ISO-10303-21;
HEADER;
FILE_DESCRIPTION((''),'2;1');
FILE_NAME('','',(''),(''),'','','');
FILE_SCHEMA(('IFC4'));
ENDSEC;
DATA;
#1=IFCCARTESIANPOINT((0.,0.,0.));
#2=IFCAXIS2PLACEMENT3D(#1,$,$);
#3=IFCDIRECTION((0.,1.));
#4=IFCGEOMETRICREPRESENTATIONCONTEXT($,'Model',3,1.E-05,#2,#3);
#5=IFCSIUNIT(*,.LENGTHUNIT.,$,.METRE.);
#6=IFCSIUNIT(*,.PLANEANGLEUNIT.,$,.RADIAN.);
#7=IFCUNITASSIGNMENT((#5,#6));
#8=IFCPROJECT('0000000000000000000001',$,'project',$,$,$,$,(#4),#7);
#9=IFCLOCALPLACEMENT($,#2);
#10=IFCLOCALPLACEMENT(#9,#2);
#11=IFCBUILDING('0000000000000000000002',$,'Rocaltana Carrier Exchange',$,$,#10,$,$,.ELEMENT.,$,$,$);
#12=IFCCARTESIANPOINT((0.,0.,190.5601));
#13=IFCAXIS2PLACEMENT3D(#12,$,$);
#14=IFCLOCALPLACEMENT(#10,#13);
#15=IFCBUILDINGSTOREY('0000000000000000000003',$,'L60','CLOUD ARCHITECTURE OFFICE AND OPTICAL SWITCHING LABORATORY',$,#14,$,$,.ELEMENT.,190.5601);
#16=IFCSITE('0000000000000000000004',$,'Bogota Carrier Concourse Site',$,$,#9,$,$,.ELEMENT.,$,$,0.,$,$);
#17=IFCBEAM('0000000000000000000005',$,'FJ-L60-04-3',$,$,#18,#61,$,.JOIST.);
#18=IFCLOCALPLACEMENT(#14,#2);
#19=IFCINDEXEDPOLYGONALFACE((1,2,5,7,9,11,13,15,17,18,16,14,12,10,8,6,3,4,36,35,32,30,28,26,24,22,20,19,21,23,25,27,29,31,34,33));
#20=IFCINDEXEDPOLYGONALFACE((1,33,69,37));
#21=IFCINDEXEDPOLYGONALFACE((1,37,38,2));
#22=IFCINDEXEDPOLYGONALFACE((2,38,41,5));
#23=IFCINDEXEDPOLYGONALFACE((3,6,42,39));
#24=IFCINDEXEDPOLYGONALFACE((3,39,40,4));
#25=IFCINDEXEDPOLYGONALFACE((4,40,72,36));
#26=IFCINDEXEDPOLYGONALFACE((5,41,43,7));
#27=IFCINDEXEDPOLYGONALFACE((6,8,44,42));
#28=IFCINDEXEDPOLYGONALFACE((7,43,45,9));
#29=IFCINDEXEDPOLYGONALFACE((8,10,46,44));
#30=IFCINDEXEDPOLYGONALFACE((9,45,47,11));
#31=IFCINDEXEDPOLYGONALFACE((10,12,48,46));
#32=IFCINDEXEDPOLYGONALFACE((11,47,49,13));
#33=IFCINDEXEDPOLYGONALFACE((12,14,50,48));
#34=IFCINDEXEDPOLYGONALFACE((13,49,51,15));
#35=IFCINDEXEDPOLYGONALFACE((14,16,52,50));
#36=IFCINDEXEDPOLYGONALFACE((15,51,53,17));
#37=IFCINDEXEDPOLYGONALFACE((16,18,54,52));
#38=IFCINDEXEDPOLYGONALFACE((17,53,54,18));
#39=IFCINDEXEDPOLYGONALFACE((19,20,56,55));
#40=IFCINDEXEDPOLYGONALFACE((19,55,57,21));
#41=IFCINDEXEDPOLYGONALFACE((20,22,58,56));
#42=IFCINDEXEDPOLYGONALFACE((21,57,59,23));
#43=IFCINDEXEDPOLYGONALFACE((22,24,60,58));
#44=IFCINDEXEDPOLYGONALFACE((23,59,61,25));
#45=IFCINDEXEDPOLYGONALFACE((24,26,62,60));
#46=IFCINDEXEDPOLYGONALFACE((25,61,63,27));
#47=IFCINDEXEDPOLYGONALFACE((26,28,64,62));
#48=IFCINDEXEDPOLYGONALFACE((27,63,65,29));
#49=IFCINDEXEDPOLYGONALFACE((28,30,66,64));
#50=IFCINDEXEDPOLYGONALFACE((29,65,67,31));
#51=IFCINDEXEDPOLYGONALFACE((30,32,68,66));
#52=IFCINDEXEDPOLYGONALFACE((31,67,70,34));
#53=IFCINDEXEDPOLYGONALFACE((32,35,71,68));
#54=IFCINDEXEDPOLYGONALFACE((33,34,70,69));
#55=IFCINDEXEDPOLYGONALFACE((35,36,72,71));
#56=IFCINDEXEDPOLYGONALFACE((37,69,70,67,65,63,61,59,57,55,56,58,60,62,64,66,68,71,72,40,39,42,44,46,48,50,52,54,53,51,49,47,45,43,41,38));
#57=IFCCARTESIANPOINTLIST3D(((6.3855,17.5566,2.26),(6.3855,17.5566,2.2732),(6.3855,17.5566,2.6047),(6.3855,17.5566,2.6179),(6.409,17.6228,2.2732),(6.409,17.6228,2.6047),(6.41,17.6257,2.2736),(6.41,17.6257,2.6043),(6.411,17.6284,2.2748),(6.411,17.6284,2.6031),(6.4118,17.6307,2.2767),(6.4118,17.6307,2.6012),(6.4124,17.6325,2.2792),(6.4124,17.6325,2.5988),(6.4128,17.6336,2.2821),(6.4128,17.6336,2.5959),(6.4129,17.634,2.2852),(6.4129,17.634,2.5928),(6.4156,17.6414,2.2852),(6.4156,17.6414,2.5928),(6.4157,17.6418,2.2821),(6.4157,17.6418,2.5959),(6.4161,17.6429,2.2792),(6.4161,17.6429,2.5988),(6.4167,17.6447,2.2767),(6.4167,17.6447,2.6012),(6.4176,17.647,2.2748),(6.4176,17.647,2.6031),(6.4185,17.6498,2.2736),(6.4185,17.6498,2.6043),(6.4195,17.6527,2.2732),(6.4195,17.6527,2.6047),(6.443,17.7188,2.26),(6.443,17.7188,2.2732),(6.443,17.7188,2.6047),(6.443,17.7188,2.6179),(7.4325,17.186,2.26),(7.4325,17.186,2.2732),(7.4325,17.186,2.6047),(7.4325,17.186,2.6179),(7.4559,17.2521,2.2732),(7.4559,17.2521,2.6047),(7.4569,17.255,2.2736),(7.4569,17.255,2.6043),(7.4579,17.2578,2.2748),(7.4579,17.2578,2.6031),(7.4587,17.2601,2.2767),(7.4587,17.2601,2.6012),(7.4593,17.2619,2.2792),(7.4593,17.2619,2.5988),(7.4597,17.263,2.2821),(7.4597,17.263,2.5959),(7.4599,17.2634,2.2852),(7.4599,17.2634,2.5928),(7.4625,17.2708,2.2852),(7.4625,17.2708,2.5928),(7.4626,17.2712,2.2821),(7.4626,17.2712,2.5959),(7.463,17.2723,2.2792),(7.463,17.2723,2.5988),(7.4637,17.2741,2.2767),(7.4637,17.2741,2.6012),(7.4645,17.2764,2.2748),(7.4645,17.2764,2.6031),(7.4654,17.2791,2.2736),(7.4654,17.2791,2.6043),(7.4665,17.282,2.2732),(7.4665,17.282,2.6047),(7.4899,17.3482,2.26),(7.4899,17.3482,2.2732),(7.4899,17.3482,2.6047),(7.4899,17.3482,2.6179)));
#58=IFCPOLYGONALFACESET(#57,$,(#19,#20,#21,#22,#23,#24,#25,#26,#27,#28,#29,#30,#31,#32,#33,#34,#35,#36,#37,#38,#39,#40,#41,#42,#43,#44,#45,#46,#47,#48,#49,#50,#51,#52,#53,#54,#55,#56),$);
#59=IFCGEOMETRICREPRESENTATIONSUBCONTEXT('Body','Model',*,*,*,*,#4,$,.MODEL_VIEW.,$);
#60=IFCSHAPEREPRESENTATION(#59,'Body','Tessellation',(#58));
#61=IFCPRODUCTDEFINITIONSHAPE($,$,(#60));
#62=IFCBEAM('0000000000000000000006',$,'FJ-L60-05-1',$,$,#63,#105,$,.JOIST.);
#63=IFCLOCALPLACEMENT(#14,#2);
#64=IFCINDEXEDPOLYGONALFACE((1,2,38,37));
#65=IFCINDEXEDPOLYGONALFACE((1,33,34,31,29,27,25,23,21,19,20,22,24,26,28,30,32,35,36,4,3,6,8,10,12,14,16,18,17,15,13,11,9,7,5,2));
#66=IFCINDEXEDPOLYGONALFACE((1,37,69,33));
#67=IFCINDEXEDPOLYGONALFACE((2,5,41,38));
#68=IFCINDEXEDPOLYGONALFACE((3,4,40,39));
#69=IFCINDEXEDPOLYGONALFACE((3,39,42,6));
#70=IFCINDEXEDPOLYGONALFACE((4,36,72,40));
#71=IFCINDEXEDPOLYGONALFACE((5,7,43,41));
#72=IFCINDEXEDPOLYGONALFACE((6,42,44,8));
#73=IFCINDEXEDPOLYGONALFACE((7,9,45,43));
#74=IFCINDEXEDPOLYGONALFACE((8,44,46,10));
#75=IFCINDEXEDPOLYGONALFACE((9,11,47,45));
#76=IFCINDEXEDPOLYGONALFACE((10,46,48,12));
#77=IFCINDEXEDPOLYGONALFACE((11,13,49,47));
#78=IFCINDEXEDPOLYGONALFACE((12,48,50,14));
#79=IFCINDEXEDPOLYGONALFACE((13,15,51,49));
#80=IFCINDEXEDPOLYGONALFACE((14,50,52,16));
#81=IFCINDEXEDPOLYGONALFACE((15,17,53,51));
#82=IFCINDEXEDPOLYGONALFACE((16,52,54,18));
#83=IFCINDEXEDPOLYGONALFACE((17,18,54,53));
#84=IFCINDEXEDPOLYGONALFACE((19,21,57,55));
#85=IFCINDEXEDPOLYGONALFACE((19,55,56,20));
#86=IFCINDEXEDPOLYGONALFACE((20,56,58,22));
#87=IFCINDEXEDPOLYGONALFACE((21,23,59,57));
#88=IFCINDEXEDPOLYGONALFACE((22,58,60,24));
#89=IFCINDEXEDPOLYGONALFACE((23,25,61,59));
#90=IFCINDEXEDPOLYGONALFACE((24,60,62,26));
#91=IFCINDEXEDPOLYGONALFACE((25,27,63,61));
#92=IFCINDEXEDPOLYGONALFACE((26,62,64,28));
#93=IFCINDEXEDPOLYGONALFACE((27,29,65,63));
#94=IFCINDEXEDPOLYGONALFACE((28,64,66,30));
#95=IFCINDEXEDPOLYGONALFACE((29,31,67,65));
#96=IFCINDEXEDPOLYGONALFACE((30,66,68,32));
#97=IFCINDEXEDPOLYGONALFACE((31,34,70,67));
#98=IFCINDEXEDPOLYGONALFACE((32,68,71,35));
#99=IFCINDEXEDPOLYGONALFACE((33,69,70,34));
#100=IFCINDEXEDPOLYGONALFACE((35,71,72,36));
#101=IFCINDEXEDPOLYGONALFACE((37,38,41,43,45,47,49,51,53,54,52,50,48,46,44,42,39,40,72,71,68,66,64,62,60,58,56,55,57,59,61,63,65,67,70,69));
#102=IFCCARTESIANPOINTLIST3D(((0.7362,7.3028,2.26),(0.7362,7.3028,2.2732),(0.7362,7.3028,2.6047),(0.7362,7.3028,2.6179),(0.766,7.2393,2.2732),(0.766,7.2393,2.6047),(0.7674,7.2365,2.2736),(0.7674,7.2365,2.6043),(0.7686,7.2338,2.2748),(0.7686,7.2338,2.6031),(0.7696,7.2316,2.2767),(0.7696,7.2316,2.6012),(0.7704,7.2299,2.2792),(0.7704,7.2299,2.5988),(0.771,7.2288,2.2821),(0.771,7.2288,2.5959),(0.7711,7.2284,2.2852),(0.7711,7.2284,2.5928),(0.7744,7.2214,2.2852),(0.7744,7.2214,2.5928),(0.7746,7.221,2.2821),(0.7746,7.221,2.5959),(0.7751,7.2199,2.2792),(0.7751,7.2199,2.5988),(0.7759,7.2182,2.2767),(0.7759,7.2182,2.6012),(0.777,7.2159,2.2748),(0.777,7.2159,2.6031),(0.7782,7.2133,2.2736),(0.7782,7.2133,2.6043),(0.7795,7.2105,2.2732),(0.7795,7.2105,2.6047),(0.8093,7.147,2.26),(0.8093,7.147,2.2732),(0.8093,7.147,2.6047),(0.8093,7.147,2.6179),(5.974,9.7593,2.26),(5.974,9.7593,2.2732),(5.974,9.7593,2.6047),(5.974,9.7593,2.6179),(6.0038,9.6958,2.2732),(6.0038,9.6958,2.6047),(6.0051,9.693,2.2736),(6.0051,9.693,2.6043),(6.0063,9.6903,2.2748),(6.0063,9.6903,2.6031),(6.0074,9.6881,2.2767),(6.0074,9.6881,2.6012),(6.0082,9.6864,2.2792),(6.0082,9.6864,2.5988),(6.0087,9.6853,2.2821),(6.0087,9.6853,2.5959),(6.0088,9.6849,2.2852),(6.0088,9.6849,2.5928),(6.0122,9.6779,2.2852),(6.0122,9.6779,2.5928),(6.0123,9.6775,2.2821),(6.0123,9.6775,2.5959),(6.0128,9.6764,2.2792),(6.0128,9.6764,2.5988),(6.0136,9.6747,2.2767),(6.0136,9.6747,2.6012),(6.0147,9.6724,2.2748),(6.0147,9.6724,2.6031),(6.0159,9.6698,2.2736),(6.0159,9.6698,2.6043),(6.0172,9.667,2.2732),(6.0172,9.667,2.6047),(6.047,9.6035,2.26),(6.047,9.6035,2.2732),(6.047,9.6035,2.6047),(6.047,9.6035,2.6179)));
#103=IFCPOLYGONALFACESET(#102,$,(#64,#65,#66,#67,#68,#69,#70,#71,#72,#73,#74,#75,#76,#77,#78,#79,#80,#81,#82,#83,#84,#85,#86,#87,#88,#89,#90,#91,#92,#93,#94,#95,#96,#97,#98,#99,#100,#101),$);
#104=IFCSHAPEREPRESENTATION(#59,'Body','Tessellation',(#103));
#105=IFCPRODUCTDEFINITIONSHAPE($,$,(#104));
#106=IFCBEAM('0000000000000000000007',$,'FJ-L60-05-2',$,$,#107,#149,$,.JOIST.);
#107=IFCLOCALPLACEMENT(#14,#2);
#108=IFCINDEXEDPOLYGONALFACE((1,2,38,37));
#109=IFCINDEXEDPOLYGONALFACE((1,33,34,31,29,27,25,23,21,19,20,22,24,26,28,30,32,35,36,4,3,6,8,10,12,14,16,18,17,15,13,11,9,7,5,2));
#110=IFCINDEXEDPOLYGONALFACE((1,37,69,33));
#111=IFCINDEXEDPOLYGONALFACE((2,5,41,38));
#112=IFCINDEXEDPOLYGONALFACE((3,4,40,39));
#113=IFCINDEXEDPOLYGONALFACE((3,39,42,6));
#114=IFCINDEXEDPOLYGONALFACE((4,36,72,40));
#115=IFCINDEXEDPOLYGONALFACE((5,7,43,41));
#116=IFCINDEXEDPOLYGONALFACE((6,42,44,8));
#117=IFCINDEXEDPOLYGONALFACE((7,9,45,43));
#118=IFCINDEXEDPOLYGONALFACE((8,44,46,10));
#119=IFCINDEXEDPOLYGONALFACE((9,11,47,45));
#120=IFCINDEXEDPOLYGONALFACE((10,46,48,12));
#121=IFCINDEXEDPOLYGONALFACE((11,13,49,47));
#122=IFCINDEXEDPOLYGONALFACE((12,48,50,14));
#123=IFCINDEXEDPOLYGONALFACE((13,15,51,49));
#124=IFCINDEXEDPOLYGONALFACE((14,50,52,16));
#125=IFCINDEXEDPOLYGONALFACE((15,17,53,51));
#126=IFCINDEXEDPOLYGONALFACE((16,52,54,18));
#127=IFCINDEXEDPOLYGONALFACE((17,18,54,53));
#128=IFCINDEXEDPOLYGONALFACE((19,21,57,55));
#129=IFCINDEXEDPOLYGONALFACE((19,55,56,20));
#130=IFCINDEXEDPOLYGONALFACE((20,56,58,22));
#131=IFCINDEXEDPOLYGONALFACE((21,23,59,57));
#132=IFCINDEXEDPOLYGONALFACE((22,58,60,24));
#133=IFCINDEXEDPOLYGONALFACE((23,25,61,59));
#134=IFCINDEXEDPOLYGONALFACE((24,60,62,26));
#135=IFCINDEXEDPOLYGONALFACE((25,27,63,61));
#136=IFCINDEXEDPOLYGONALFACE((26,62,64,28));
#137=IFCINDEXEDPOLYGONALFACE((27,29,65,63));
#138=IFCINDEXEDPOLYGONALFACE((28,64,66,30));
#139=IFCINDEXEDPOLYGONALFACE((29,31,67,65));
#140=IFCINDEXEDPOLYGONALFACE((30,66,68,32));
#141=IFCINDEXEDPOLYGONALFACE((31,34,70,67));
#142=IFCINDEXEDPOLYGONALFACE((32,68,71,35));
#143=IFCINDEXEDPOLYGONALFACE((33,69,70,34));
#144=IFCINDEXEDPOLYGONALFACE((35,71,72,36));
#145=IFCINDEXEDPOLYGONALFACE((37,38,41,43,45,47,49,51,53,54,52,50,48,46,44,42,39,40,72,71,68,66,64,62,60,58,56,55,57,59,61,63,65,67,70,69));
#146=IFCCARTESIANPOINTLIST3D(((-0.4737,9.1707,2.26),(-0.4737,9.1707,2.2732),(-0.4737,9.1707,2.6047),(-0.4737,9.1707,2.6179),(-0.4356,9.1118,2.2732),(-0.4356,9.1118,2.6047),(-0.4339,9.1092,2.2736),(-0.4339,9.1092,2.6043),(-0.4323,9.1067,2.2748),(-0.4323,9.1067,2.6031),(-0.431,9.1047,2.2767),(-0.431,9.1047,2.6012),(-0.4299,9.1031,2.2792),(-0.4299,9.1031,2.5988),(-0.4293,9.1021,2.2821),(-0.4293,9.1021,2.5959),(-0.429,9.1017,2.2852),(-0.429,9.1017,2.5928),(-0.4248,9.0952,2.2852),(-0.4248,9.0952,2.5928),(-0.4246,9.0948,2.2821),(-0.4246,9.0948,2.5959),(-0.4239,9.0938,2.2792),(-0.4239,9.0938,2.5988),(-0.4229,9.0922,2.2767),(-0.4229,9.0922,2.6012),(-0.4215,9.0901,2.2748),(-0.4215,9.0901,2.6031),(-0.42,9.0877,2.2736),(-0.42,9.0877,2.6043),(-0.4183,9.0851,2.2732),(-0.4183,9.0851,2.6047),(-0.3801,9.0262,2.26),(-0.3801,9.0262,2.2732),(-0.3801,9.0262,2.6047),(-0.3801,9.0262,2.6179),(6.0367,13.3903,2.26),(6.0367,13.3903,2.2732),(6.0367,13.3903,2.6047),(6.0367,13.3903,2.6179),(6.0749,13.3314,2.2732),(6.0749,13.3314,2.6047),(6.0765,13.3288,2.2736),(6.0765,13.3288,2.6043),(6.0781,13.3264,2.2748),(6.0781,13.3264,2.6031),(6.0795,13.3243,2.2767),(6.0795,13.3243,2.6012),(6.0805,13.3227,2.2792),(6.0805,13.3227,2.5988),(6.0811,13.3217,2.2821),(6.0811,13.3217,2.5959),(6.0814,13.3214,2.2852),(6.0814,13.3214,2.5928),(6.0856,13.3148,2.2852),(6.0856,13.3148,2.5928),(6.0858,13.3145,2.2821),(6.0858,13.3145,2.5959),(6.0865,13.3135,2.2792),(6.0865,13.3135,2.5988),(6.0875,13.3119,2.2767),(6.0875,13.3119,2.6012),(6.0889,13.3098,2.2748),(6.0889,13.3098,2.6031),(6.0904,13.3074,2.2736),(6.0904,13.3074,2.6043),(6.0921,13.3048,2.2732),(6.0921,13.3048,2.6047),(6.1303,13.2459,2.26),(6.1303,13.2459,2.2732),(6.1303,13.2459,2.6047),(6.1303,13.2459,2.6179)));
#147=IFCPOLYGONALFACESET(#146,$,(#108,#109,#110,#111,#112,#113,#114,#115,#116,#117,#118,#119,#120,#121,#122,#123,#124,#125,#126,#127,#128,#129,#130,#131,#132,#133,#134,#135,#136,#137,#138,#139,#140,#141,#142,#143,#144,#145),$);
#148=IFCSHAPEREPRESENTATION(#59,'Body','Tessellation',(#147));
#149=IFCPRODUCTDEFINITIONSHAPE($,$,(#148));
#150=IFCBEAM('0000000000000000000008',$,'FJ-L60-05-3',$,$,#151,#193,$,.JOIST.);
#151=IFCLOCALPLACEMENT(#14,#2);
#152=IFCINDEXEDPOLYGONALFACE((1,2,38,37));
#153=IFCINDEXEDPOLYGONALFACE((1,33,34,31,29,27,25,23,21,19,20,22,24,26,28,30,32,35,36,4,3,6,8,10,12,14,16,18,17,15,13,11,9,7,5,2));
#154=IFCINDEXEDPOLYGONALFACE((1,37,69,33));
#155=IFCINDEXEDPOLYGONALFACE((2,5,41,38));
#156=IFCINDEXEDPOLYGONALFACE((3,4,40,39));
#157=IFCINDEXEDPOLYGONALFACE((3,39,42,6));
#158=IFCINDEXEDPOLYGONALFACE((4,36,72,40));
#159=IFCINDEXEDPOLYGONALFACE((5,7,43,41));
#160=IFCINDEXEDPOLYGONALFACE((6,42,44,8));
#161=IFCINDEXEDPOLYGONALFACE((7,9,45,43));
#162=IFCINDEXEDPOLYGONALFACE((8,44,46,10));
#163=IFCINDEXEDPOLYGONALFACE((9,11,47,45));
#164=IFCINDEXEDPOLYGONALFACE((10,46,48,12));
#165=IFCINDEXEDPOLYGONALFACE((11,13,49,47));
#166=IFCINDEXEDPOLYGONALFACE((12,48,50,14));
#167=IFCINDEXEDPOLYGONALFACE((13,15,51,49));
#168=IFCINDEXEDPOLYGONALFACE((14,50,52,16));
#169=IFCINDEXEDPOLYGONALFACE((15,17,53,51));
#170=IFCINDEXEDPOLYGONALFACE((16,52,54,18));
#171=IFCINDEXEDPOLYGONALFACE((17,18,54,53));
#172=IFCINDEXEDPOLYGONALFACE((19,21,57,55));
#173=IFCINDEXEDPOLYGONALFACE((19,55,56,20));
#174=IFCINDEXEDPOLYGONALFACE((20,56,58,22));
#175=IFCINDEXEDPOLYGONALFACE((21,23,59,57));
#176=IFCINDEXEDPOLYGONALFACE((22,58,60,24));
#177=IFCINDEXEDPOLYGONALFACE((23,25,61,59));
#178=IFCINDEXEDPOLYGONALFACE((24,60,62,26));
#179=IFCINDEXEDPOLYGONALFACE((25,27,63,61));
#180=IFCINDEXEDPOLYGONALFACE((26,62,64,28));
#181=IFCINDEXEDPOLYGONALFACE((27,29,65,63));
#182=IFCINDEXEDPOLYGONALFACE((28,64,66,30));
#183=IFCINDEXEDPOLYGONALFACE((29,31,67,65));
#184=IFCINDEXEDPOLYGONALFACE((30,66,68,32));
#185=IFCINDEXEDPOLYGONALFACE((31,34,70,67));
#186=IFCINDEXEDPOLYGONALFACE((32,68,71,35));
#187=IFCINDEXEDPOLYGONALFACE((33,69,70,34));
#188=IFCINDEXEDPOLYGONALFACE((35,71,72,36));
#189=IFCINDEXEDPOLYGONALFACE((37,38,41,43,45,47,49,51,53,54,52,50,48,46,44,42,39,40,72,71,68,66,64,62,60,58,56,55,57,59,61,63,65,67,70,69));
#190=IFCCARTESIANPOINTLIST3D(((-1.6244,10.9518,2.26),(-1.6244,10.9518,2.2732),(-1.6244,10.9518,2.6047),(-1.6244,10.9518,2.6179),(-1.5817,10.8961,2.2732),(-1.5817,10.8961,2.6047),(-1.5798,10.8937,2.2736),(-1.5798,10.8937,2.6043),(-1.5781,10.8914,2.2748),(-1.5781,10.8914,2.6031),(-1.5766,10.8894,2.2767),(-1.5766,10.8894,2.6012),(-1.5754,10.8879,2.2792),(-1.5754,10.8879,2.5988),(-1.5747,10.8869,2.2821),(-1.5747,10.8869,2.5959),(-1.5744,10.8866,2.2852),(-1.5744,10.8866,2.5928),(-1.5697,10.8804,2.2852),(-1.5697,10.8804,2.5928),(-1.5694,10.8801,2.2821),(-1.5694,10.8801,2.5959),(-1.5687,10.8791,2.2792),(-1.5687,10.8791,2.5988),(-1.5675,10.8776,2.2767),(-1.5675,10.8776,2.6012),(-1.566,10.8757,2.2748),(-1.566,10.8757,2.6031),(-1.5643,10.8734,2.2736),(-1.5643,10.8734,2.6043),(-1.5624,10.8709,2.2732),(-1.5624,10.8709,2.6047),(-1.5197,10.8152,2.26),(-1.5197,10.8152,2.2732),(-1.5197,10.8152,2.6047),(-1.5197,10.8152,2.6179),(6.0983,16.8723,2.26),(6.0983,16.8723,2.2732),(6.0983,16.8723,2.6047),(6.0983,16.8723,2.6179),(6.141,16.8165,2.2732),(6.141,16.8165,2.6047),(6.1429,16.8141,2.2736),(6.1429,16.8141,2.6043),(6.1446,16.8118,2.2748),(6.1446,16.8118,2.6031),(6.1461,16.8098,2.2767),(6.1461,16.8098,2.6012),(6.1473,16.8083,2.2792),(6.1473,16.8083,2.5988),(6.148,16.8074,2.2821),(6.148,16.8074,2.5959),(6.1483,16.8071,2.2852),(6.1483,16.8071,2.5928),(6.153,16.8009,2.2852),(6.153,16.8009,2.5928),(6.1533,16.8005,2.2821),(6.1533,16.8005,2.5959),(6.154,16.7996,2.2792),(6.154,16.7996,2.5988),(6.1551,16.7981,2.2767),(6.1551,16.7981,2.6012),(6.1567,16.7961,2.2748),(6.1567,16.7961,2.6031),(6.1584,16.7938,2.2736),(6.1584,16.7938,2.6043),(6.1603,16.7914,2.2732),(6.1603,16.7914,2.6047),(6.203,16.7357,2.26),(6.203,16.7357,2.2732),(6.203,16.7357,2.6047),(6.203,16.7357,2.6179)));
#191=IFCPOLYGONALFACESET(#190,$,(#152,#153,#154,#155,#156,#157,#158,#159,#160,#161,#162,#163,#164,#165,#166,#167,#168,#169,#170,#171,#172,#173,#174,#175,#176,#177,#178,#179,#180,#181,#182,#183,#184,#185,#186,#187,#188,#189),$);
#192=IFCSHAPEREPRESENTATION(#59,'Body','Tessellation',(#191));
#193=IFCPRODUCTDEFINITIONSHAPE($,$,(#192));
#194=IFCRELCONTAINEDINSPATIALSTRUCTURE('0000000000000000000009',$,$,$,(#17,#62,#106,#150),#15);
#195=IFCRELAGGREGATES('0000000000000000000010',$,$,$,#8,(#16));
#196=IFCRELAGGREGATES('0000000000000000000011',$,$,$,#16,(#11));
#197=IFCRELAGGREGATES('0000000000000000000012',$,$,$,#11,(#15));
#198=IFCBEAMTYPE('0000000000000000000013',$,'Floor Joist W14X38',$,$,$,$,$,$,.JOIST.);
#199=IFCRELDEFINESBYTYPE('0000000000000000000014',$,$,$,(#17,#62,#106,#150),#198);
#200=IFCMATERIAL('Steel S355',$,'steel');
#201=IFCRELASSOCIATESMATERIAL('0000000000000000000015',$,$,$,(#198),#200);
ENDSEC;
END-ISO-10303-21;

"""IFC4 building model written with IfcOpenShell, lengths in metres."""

from ifc_helpers import new_model, si_unit, direction, frame, origin, origin_2d, place, context, subcontext, project, spatial, i_section, extrude, material, material_profile, profile_set, type_object, element, save


model = new_model("IFC4")

# Units and contexts
model_context = context("Model", 3, precision=1e-05, world=origin(), true_north=direction((0.0, 1.0)))
body_context = subcontext(model_context, "Body", "Model", "MODEL_VIEW")
ifc_project = project(units=[si_unit("LENGTHUNIT", "METRE"), si_unit("PLANEANGLEUNIT", "RADIAN")], contexts=[model_context])

# Site, building, storey
site_placement = place(None, origin())
site = spatial("IfcSite", under=ifc_project, at=site_placement, Name="Bogota Carrier Concourse Site", CompositionType="ELEMENT", RefElevation=0.0)
building_placement = place(site_placement, origin())
building = spatial("IfcBuilding", under=site, at=building_placement, Name="Rocaltana Carrier Exchange", CompositionType="ELEMENT")
storey_placement = place(building_placement, frame((0.0, 0.0, 190.5601)))
storey = spatial("IfcBuildingStorey", under=building, at=storey_placement, Name="L60", Description="CLOUD ARCHITECTURE OFFICE AND OPTICAL SWITCHING LABORATORY", CompositionType="ELEMENT", Elevation=190.5601)

# Beams
ifc_material_1 = material(Name="Steel S355", Category="steel")
ifc_material_profile_1 = material_profile(ifc_material_1, i_section(OverallWidth=0.1721, OverallDepth=0.3579, WebThickness=0.0078, FlangeThickness=0.0132, FilletRadius=0.012, at=origin_2d()), Name="W14X38")
ifc_profile_set_1 = profile_set([ifc_material_profile_1], Name="Steel S355")
beam_type_1 = type_object("IfcBeamType", Name="Floor Joist W14X38", PredefinedType="JOIST", material=ifc_profile_set_1)
beam_1_placement = place(storey_placement, frame((7.4612, 17.2671, 2.439), z_axis=(-0.942673, 0.333717, 0.0), x_axis=(-0.333717, -0.942673, 0.0)))
element("IfcBeam", 1, at=beam_1_placement, inside=storey, type_object=beam_type_1, Name="FJ-L60-04-3", PredefinedType="JOIST", context=body_context, shape_type="SweptSolid", body=[
    extrude(i_section(OverallWidth=0.1721, OverallDepth=0.3579, WebThickness=0.0078, FlangeThickness=0.0132, FilletRadius=0.012, at=origin_2d()), origin(), (0.0, 0.0, 1.0), 1.1106),
])
beam_2_placement = place(storey_placement, frame((6.0105, 9.6814, 2.439), z_axis=(-0.905371, -0.424622, 0.0), x_axis=(0.424622, -0.905371, 0.0)))
element("IfcBeam", 2, at=beam_2_placement, inside=storey, type_object=beam_type_1, Name="FJ-L60-05-1", PredefinedType="JOIST", context=body_context, shape_type="SweptSolid", body=[
    extrude(i_section(OverallWidth=0.1721, OverallDepth=0.3579, WebThickness=0.0078, FlangeThickness=0.0132, FilletRadius=0.012, at=origin_2d()), origin(), (0.0, 0.0, 1.0), 5.7852),
])
beam_3_placement = place(storey_placement, frame((6.0835, 13.3181, 2.439), z_axis=(-0.839155, -0.543892, 0.0), x_axis=(0.543892, -0.839155, 0.0)))
element("IfcBeam", 3, at=beam_3_placement, inside=storey, type_object=beam_type_1, Name="FJ-L60-05-2", PredefinedType="JOIST", context=body_context, shape_type="SweptSolid", body=[
    extrude(i_section(OverallWidth=0.1721, OverallDepth=0.3579, WebThickness=0.0078, FlangeThickness=0.0132, FilletRadius=0.012, at=origin_2d()), origin(), (0.0, 0.0, 1.0), 7.7583),
])
beam_4_placement = place(storey_placement, frame((6.1506, 16.804, 2.439), z_axis=(-0.793621, -0.608413, 0.0), x_axis=(0.608413, -0.793621, 0.0)))
element("IfcBeam", 4, at=beam_4_placement, inside=storey, type_object=beam_type_1, Name="FJ-L60-05-3", PredefinedType="JOIST", context=body_context, shape_type="SweptSolid", body=[
    extrude(i_section(OverallWidth=0.1721, OverallDepth=0.3579, WebThickness=0.0078, FlangeThickness=0.0132, FilletRadius=0.012, at=origin_2d()), origin(), (0.0, 0.0, 1.0), 9.731),
])

save(model, "model.ifc")
